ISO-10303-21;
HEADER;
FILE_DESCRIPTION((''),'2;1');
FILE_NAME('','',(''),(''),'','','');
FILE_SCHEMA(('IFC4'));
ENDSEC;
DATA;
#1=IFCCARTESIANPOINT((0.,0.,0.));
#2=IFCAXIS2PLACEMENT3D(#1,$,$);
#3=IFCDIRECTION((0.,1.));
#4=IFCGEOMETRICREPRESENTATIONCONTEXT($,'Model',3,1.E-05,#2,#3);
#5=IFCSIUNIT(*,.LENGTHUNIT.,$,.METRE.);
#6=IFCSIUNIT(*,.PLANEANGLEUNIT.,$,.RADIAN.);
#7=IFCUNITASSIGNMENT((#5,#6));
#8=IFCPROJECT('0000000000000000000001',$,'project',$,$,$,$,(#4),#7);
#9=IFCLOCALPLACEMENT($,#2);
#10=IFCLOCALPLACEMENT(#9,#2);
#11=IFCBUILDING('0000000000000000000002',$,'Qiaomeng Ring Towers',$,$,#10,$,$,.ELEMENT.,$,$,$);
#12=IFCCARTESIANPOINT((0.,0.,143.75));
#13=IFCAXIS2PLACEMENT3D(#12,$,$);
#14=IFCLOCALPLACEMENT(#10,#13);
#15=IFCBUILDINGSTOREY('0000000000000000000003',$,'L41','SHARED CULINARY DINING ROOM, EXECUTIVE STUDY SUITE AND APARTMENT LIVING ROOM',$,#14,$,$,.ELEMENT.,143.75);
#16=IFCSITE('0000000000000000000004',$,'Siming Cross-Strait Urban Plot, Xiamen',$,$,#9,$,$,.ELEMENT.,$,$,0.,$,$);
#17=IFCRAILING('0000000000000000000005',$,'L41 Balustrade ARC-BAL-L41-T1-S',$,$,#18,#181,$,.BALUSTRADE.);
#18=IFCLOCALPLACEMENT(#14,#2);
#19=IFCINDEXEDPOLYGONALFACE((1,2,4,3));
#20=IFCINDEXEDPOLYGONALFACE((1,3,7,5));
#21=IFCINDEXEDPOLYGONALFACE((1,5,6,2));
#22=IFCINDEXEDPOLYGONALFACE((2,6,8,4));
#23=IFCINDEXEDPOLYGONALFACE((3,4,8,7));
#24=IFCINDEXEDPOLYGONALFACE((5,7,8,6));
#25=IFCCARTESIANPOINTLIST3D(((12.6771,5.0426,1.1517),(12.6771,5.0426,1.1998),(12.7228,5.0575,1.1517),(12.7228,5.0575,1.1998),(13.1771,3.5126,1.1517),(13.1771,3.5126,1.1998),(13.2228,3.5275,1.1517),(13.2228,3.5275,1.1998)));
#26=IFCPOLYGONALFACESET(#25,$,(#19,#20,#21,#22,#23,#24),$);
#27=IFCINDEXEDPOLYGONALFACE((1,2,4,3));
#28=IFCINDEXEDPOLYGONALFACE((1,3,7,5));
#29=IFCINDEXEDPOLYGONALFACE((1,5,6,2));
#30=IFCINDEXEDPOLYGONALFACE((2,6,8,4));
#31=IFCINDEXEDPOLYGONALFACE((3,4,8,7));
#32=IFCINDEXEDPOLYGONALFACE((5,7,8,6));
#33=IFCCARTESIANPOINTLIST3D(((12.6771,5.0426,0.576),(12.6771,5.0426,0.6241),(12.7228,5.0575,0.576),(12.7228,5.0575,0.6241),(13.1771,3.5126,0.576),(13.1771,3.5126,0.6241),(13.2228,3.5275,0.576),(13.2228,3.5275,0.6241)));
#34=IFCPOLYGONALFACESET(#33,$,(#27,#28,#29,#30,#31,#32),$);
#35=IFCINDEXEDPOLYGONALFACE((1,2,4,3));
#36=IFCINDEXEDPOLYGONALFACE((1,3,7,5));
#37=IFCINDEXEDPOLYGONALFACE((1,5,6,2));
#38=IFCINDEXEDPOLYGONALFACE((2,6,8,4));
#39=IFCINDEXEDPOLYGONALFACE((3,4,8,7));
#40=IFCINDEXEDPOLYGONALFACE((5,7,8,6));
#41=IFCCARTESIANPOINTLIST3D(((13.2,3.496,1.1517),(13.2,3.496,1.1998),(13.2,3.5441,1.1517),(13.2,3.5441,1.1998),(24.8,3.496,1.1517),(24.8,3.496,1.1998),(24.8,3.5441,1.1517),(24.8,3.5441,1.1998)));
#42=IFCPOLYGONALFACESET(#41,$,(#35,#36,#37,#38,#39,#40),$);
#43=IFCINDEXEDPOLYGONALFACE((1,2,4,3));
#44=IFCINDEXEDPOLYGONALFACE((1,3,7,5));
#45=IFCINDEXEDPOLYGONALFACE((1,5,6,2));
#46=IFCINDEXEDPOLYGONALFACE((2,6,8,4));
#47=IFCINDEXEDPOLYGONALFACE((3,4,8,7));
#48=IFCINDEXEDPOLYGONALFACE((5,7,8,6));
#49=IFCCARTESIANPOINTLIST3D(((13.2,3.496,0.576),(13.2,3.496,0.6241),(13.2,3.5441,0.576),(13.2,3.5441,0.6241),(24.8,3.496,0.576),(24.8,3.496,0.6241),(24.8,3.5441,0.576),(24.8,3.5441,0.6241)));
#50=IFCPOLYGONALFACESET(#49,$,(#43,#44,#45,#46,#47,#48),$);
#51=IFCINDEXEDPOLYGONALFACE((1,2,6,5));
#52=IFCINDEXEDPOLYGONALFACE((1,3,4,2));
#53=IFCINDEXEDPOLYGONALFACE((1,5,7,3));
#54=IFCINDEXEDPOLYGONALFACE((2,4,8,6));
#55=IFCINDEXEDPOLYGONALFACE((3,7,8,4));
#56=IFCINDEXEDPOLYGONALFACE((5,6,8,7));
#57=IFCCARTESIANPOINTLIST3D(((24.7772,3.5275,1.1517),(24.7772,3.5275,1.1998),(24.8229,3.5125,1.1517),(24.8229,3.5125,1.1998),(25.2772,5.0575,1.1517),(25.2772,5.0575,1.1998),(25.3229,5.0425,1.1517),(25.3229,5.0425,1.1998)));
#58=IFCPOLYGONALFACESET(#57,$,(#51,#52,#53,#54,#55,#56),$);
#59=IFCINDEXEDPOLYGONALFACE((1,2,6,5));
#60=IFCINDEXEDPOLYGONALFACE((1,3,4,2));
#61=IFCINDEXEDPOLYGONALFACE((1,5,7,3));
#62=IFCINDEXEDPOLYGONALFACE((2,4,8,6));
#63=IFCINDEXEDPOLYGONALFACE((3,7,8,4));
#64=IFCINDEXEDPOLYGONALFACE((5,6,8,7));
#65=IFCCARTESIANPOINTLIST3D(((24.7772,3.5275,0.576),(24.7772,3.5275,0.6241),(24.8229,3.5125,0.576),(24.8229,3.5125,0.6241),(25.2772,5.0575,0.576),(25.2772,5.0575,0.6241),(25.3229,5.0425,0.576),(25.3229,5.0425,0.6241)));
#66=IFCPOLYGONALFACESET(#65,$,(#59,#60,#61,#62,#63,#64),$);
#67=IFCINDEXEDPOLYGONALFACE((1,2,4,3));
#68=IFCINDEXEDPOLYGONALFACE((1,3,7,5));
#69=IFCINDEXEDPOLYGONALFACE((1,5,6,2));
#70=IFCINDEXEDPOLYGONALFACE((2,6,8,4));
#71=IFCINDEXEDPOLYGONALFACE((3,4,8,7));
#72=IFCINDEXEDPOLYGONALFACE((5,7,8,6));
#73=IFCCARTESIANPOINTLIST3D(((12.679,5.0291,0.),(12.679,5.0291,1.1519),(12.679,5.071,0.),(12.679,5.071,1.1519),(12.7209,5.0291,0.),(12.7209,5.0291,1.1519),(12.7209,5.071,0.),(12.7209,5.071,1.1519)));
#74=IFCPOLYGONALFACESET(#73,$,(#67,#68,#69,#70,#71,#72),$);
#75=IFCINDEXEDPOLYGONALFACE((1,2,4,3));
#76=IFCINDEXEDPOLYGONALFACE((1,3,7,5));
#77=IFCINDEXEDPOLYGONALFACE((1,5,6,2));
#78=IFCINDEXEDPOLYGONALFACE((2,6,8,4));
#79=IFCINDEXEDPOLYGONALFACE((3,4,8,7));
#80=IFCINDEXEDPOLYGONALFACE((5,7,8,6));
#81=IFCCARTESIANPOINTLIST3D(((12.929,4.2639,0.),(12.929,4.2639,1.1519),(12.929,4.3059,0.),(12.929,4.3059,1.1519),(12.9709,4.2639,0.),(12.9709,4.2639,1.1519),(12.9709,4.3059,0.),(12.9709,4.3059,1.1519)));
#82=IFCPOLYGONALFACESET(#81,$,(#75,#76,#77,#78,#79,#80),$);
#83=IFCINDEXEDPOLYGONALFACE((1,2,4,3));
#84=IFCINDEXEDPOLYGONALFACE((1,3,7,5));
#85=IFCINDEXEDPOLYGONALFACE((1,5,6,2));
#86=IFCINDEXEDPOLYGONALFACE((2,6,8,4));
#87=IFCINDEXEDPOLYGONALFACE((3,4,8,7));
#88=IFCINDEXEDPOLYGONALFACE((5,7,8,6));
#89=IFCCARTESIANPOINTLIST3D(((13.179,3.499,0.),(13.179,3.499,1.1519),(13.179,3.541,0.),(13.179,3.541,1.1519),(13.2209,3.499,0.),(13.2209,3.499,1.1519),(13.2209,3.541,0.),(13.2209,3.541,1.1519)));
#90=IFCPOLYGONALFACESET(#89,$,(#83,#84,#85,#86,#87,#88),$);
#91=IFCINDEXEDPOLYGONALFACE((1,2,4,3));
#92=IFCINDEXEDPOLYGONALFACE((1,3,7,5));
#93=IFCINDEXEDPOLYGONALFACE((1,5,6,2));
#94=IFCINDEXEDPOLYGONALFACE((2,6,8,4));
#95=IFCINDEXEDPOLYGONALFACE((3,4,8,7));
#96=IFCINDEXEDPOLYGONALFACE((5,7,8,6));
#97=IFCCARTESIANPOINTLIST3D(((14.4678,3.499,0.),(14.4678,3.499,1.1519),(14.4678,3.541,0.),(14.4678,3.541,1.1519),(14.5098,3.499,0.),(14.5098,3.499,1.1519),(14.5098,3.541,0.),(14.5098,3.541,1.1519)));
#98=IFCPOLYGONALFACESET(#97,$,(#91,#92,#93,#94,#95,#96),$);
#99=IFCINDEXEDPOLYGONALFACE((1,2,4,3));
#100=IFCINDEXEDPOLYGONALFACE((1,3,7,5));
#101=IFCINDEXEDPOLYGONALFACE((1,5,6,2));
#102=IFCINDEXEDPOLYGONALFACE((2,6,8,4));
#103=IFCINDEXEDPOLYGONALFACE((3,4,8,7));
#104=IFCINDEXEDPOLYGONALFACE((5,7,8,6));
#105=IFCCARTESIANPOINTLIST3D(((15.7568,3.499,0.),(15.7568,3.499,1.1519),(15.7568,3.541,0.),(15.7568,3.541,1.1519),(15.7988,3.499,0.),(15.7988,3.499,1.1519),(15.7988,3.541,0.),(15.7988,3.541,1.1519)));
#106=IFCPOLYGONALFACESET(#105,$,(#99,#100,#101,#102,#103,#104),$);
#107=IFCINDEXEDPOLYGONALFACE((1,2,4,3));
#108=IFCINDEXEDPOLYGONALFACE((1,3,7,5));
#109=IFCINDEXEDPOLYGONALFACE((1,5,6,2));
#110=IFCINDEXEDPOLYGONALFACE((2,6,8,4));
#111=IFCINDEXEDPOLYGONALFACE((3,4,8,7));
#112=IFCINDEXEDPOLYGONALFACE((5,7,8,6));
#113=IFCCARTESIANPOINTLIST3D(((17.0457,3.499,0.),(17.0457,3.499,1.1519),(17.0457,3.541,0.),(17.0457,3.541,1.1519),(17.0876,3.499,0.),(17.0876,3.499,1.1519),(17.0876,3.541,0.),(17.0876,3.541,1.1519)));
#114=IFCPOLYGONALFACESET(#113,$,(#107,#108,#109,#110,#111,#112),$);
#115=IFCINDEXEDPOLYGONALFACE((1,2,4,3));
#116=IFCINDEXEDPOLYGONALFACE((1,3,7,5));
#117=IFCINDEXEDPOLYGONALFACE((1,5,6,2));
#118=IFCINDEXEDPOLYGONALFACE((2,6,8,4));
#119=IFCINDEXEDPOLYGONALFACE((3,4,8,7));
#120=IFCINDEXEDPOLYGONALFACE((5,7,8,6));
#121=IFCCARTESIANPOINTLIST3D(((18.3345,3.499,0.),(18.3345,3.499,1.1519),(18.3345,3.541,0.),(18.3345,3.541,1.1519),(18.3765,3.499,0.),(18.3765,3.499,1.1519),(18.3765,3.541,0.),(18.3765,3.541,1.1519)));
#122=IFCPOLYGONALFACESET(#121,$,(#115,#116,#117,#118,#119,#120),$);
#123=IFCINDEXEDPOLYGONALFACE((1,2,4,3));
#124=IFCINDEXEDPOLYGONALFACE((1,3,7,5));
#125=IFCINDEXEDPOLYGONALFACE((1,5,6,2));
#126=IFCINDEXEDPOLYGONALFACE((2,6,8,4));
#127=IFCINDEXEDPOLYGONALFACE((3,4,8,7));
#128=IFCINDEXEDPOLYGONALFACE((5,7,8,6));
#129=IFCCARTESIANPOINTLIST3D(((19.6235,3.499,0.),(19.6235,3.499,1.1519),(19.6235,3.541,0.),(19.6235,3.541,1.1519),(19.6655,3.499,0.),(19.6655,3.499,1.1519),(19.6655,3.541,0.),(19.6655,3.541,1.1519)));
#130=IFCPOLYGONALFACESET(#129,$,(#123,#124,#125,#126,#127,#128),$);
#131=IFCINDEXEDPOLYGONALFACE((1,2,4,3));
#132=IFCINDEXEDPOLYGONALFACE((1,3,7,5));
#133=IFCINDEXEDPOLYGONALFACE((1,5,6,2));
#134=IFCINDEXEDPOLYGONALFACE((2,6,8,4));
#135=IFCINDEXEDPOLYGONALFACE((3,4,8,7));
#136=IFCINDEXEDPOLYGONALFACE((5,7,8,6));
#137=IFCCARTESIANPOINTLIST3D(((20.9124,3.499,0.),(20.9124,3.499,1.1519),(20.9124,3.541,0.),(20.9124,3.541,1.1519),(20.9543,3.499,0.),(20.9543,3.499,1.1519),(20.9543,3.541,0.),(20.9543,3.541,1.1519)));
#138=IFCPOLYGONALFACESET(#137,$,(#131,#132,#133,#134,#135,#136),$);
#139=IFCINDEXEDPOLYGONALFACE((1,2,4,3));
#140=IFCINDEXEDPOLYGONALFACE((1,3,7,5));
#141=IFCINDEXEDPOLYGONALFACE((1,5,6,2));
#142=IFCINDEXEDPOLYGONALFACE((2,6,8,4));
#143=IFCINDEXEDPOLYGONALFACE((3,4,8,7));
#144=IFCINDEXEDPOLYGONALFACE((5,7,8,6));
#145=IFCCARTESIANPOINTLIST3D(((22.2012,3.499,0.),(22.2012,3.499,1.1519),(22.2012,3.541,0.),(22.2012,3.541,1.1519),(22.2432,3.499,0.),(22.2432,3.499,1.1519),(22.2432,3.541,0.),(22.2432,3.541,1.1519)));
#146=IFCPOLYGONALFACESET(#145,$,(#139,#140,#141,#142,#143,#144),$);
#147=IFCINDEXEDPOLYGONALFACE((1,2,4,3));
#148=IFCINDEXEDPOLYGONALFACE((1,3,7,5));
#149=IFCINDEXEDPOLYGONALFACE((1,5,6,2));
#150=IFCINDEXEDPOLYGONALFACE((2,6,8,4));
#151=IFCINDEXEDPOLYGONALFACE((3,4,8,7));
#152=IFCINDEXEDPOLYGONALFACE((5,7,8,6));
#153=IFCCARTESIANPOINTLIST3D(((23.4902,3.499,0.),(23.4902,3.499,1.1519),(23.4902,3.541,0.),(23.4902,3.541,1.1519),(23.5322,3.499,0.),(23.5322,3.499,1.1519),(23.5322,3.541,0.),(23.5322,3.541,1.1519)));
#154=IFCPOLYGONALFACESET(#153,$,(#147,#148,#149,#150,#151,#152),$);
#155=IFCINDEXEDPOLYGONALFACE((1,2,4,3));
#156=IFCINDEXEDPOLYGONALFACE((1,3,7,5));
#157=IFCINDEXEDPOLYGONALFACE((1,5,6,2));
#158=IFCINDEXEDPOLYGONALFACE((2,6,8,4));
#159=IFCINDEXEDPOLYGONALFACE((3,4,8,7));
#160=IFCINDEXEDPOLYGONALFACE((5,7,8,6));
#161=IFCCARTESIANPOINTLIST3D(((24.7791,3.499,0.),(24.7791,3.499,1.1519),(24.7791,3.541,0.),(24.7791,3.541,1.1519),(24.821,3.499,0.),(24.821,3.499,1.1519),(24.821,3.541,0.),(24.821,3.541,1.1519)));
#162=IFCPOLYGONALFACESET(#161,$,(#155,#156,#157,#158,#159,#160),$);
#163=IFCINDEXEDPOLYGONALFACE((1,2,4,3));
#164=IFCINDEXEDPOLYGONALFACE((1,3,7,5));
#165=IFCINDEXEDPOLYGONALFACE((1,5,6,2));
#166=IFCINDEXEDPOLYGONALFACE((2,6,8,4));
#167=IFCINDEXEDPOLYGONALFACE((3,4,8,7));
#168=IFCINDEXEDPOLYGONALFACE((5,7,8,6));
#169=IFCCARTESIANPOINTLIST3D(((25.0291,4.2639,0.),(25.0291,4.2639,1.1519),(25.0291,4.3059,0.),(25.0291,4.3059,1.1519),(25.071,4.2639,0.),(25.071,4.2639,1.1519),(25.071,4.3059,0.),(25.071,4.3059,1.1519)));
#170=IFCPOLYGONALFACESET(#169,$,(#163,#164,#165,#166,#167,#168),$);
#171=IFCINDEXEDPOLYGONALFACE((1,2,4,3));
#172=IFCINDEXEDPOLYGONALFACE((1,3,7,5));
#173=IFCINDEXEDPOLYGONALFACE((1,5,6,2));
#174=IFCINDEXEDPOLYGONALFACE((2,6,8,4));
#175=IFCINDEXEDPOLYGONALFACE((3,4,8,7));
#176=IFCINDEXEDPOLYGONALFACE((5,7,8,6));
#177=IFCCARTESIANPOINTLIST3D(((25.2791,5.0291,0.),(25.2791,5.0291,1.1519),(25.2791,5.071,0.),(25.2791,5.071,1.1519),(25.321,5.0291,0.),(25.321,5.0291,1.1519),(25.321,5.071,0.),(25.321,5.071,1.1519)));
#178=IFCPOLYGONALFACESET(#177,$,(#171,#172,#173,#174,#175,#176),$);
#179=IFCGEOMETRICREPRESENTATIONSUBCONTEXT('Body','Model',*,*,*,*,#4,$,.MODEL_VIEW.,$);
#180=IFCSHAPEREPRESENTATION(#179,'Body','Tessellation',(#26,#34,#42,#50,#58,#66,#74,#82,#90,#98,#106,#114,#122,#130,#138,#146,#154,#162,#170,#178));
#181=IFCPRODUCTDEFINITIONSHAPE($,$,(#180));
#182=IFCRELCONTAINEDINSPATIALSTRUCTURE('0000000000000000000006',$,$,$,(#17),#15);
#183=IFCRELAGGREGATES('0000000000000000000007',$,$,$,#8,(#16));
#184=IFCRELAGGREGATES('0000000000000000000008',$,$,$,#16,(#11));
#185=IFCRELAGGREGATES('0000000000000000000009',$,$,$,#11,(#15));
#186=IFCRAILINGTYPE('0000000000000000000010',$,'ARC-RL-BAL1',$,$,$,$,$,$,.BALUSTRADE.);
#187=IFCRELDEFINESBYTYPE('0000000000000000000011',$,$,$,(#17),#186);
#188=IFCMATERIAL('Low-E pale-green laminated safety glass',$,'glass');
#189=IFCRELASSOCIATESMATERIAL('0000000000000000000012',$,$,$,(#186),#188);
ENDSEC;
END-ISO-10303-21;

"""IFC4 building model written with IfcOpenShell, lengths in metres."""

from ifc_helpers import new_model, si_unit, direction, frame, origin, origin_2d, place, context, subcontext, project, spatial, rectangle, extrude, material, type_object, element, save


model = new_model("IFC4")

# Units and contexts
model_context = context("Model", 3, precision=1e-05, world=origin(), true_north=direction((0.0, 1.0)))
body_context = subcontext(model_context, "Body", "Model", "MODEL_VIEW")
ifc_project = project(units=[si_unit("LENGTHUNIT", "METRE"), si_unit("PLANEANGLEUNIT", "RADIAN")], contexts=[model_context])

# Site, building, storey
site_placement = place(None, origin())
site = spatial("IfcSite", under=ifc_project, at=site_placement, Name="Siming Cross-Strait Urban Plot, Xiamen", CompositionType="ELEMENT", RefElevation=0.0)
building_placement = place(site_placement, origin())
building = spatial("IfcBuilding", under=site, at=building_placement, Name="Qiaomeng Ring Towers", CompositionType="ELEMENT")
storey_placement = place(building_placement, frame((0.0, 0.0, 143.75)))
storey = spatial("IfcBuildingStorey", under=building, at=storey_placement, Name="L41", Description="SHARED CULINARY DINING ROOM, EXECUTIVE STUDY SUITE AND APARTMENT LIVING ROOM", CompositionType="ELEMENT", Elevation=143.75)

# Railing
ifc_material_1 = material(Name="Low-E pale-green laminated safety glass", Category="glass")
railing_type = type_object("IfcRailingType", Name="ARC-RL-BAL1", PredefinedType="BALUSTRADE", material=ifc_material_1)
railing_placement = place(storey_placement, frame((12.7, 5.05, 0.0)))
element("IfcRailing", 1, at=railing_placement, inside=storey, type_object=railing_type, Name="L41 Balustrade ARC-BAL-L41-T1-S", PredefinedType="BALUSTRADE", context=body_context, shape_type="SweptSolid", body=[
    extrude(rectangle(XDim=0.0481, YDim=0.0481, at=origin_2d()), frame((0.0, 0.0, 1.1758), z_axis=(0.310626, -0.950532, 0.0), x_axis=(0.950532, 0.310626, 0.0)), (0.0, 0.0, 1.0), 1.6096),
    extrude(rectangle(XDim=0.0481, YDim=0.0481, at=origin_2d()), frame((0.0, 0.0, 0.6001), z_axis=(0.310626, -0.950532, 0.0), x_axis=(0.950532, 0.310626, 0.0)), (0.0, 0.0, 1.0), 1.6096),
    extrude(rectangle(XDim=0.0481, YDim=0.0481, at=origin_2d()), frame((0.5, -1.53, 1.1758), z_axis=(1.0, 0.0, 0.0), x_axis=(0.0, 1.0, 0.0)), (0.0, 0.0, 1.0), 11.6001),
    extrude(rectangle(XDim=0.0481, YDim=0.0481, at=origin_2d()), frame((0.5, -1.53, 0.6001), z_axis=(1.0, 0.0, 0.0), x_axis=(0.0, 1.0, 0.0)), (0.0, 0.0, 1.0), 11.6001),
    extrude(rectangle(XDim=0.0481, YDim=0.0481, at=origin_2d()), frame((12.1001, -1.53, 1.1758), z_axis=(0.310626, 0.950532, 0.0), x_axis=(-0.950532, 0.310626, 0.0)), (0.0, 0.0, 1.0), 1.6096),
    extrude(rectangle(XDim=0.0481, YDim=0.0481, at=origin_2d()), frame((12.1001, -1.53, 0.6001), z_axis=(0.310626, 0.950532, 0.0), x_axis=(-0.950532, 0.310626, 0.0)), (0.0, 0.0, 1.0), 1.6096),
    extrude(rectangle(XDim=0.042, YDim=0.042, at=origin_2d()), origin(), (0.0, 0.0, 1.0), 1.1519),
    extrude(rectangle(XDim=0.042, YDim=0.042, at=origin_2d()), frame((0.25, -0.7651, 0.0)), (0.0, 0.0, 1.0), 1.1519),
    extrude(rectangle(XDim=0.042, YDim=0.042, at=origin_2d()), frame((0.5, -1.53, 0.0)), (0.0, 0.0, 1.0), 1.1519),
    extrude(rectangle(XDim=0.042, YDim=0.042, at=origin_2d()), frame((1.7888, -1.53, 0.0)), (0.0, 0.0, 1.0), 1.1519),
    extrude(rectangle(XDim=0.042, YDim=0.042, at=origin_2d()), frame((3.0779, -1.53, 0.0)), (0.0, 0.0, 1.0), 1.1519),
    extrude(rectangle(XDim=0.042, YDim=0.042, at=origin_2d()), frame((4.3667, -1.53, 0.0)), (0.0, 0.0, 1.0), 1.1519),
    extrude(rectangle(XDim=0.042, YDim=0.042, at=origin_2d()), frame((5.6555, -1.53, 0.0)), (0.0, 0.0, 1.0), 1.1519),
    extrude(rectangle(XDim=0.042, YDim=0.042, at=origin_2d()), frame((6.9446, -1.53, 0.0)), (0.0, 0.0, 1.0), 1.1519),
    extrude(rectangle(XDim=0.042, YDim=0.042, at=origin_2d()), frame((8.2334, -1.53, 0.0)), (0.0, 0.0, 1.0), 1.1519),
    extrude(rectangle(XDim=0.042, YDim=0.042, at=origin_2d()), frame((9.5222, -1.53, 0.0)), (0.0, 0.0, 1.0), 1.1519),
    extrude(rectangle(XDim=0.042, YDim=0.042, at=origin_2d()), frame((10.8113, -1.53, 0.0)), (0.0, 0.0, 1.0), 1.1519),
    extrude(rectangle(XDim=0.042, YDim=0.042, at=origin_2d()), frame((12.1001, -1.53, 0.0)), (0.0, 0.0, 1.0), 1.1519),
    extrude(rectangle(XDim=0.042, YDim=0.042, at=origin_2d()), frame((12.3501, -0.7651, 0.0)), (0.0, 0.0, 1.0), 1.1519),
    extrude(rectangle(XDim=0.042, YDim=0.042, at=origin_2d()), frame((12.6001, 0.0, 0.0)), (0.0, 0.0, 1.0), 1.1519),
])

save(model, "model.ifc")
